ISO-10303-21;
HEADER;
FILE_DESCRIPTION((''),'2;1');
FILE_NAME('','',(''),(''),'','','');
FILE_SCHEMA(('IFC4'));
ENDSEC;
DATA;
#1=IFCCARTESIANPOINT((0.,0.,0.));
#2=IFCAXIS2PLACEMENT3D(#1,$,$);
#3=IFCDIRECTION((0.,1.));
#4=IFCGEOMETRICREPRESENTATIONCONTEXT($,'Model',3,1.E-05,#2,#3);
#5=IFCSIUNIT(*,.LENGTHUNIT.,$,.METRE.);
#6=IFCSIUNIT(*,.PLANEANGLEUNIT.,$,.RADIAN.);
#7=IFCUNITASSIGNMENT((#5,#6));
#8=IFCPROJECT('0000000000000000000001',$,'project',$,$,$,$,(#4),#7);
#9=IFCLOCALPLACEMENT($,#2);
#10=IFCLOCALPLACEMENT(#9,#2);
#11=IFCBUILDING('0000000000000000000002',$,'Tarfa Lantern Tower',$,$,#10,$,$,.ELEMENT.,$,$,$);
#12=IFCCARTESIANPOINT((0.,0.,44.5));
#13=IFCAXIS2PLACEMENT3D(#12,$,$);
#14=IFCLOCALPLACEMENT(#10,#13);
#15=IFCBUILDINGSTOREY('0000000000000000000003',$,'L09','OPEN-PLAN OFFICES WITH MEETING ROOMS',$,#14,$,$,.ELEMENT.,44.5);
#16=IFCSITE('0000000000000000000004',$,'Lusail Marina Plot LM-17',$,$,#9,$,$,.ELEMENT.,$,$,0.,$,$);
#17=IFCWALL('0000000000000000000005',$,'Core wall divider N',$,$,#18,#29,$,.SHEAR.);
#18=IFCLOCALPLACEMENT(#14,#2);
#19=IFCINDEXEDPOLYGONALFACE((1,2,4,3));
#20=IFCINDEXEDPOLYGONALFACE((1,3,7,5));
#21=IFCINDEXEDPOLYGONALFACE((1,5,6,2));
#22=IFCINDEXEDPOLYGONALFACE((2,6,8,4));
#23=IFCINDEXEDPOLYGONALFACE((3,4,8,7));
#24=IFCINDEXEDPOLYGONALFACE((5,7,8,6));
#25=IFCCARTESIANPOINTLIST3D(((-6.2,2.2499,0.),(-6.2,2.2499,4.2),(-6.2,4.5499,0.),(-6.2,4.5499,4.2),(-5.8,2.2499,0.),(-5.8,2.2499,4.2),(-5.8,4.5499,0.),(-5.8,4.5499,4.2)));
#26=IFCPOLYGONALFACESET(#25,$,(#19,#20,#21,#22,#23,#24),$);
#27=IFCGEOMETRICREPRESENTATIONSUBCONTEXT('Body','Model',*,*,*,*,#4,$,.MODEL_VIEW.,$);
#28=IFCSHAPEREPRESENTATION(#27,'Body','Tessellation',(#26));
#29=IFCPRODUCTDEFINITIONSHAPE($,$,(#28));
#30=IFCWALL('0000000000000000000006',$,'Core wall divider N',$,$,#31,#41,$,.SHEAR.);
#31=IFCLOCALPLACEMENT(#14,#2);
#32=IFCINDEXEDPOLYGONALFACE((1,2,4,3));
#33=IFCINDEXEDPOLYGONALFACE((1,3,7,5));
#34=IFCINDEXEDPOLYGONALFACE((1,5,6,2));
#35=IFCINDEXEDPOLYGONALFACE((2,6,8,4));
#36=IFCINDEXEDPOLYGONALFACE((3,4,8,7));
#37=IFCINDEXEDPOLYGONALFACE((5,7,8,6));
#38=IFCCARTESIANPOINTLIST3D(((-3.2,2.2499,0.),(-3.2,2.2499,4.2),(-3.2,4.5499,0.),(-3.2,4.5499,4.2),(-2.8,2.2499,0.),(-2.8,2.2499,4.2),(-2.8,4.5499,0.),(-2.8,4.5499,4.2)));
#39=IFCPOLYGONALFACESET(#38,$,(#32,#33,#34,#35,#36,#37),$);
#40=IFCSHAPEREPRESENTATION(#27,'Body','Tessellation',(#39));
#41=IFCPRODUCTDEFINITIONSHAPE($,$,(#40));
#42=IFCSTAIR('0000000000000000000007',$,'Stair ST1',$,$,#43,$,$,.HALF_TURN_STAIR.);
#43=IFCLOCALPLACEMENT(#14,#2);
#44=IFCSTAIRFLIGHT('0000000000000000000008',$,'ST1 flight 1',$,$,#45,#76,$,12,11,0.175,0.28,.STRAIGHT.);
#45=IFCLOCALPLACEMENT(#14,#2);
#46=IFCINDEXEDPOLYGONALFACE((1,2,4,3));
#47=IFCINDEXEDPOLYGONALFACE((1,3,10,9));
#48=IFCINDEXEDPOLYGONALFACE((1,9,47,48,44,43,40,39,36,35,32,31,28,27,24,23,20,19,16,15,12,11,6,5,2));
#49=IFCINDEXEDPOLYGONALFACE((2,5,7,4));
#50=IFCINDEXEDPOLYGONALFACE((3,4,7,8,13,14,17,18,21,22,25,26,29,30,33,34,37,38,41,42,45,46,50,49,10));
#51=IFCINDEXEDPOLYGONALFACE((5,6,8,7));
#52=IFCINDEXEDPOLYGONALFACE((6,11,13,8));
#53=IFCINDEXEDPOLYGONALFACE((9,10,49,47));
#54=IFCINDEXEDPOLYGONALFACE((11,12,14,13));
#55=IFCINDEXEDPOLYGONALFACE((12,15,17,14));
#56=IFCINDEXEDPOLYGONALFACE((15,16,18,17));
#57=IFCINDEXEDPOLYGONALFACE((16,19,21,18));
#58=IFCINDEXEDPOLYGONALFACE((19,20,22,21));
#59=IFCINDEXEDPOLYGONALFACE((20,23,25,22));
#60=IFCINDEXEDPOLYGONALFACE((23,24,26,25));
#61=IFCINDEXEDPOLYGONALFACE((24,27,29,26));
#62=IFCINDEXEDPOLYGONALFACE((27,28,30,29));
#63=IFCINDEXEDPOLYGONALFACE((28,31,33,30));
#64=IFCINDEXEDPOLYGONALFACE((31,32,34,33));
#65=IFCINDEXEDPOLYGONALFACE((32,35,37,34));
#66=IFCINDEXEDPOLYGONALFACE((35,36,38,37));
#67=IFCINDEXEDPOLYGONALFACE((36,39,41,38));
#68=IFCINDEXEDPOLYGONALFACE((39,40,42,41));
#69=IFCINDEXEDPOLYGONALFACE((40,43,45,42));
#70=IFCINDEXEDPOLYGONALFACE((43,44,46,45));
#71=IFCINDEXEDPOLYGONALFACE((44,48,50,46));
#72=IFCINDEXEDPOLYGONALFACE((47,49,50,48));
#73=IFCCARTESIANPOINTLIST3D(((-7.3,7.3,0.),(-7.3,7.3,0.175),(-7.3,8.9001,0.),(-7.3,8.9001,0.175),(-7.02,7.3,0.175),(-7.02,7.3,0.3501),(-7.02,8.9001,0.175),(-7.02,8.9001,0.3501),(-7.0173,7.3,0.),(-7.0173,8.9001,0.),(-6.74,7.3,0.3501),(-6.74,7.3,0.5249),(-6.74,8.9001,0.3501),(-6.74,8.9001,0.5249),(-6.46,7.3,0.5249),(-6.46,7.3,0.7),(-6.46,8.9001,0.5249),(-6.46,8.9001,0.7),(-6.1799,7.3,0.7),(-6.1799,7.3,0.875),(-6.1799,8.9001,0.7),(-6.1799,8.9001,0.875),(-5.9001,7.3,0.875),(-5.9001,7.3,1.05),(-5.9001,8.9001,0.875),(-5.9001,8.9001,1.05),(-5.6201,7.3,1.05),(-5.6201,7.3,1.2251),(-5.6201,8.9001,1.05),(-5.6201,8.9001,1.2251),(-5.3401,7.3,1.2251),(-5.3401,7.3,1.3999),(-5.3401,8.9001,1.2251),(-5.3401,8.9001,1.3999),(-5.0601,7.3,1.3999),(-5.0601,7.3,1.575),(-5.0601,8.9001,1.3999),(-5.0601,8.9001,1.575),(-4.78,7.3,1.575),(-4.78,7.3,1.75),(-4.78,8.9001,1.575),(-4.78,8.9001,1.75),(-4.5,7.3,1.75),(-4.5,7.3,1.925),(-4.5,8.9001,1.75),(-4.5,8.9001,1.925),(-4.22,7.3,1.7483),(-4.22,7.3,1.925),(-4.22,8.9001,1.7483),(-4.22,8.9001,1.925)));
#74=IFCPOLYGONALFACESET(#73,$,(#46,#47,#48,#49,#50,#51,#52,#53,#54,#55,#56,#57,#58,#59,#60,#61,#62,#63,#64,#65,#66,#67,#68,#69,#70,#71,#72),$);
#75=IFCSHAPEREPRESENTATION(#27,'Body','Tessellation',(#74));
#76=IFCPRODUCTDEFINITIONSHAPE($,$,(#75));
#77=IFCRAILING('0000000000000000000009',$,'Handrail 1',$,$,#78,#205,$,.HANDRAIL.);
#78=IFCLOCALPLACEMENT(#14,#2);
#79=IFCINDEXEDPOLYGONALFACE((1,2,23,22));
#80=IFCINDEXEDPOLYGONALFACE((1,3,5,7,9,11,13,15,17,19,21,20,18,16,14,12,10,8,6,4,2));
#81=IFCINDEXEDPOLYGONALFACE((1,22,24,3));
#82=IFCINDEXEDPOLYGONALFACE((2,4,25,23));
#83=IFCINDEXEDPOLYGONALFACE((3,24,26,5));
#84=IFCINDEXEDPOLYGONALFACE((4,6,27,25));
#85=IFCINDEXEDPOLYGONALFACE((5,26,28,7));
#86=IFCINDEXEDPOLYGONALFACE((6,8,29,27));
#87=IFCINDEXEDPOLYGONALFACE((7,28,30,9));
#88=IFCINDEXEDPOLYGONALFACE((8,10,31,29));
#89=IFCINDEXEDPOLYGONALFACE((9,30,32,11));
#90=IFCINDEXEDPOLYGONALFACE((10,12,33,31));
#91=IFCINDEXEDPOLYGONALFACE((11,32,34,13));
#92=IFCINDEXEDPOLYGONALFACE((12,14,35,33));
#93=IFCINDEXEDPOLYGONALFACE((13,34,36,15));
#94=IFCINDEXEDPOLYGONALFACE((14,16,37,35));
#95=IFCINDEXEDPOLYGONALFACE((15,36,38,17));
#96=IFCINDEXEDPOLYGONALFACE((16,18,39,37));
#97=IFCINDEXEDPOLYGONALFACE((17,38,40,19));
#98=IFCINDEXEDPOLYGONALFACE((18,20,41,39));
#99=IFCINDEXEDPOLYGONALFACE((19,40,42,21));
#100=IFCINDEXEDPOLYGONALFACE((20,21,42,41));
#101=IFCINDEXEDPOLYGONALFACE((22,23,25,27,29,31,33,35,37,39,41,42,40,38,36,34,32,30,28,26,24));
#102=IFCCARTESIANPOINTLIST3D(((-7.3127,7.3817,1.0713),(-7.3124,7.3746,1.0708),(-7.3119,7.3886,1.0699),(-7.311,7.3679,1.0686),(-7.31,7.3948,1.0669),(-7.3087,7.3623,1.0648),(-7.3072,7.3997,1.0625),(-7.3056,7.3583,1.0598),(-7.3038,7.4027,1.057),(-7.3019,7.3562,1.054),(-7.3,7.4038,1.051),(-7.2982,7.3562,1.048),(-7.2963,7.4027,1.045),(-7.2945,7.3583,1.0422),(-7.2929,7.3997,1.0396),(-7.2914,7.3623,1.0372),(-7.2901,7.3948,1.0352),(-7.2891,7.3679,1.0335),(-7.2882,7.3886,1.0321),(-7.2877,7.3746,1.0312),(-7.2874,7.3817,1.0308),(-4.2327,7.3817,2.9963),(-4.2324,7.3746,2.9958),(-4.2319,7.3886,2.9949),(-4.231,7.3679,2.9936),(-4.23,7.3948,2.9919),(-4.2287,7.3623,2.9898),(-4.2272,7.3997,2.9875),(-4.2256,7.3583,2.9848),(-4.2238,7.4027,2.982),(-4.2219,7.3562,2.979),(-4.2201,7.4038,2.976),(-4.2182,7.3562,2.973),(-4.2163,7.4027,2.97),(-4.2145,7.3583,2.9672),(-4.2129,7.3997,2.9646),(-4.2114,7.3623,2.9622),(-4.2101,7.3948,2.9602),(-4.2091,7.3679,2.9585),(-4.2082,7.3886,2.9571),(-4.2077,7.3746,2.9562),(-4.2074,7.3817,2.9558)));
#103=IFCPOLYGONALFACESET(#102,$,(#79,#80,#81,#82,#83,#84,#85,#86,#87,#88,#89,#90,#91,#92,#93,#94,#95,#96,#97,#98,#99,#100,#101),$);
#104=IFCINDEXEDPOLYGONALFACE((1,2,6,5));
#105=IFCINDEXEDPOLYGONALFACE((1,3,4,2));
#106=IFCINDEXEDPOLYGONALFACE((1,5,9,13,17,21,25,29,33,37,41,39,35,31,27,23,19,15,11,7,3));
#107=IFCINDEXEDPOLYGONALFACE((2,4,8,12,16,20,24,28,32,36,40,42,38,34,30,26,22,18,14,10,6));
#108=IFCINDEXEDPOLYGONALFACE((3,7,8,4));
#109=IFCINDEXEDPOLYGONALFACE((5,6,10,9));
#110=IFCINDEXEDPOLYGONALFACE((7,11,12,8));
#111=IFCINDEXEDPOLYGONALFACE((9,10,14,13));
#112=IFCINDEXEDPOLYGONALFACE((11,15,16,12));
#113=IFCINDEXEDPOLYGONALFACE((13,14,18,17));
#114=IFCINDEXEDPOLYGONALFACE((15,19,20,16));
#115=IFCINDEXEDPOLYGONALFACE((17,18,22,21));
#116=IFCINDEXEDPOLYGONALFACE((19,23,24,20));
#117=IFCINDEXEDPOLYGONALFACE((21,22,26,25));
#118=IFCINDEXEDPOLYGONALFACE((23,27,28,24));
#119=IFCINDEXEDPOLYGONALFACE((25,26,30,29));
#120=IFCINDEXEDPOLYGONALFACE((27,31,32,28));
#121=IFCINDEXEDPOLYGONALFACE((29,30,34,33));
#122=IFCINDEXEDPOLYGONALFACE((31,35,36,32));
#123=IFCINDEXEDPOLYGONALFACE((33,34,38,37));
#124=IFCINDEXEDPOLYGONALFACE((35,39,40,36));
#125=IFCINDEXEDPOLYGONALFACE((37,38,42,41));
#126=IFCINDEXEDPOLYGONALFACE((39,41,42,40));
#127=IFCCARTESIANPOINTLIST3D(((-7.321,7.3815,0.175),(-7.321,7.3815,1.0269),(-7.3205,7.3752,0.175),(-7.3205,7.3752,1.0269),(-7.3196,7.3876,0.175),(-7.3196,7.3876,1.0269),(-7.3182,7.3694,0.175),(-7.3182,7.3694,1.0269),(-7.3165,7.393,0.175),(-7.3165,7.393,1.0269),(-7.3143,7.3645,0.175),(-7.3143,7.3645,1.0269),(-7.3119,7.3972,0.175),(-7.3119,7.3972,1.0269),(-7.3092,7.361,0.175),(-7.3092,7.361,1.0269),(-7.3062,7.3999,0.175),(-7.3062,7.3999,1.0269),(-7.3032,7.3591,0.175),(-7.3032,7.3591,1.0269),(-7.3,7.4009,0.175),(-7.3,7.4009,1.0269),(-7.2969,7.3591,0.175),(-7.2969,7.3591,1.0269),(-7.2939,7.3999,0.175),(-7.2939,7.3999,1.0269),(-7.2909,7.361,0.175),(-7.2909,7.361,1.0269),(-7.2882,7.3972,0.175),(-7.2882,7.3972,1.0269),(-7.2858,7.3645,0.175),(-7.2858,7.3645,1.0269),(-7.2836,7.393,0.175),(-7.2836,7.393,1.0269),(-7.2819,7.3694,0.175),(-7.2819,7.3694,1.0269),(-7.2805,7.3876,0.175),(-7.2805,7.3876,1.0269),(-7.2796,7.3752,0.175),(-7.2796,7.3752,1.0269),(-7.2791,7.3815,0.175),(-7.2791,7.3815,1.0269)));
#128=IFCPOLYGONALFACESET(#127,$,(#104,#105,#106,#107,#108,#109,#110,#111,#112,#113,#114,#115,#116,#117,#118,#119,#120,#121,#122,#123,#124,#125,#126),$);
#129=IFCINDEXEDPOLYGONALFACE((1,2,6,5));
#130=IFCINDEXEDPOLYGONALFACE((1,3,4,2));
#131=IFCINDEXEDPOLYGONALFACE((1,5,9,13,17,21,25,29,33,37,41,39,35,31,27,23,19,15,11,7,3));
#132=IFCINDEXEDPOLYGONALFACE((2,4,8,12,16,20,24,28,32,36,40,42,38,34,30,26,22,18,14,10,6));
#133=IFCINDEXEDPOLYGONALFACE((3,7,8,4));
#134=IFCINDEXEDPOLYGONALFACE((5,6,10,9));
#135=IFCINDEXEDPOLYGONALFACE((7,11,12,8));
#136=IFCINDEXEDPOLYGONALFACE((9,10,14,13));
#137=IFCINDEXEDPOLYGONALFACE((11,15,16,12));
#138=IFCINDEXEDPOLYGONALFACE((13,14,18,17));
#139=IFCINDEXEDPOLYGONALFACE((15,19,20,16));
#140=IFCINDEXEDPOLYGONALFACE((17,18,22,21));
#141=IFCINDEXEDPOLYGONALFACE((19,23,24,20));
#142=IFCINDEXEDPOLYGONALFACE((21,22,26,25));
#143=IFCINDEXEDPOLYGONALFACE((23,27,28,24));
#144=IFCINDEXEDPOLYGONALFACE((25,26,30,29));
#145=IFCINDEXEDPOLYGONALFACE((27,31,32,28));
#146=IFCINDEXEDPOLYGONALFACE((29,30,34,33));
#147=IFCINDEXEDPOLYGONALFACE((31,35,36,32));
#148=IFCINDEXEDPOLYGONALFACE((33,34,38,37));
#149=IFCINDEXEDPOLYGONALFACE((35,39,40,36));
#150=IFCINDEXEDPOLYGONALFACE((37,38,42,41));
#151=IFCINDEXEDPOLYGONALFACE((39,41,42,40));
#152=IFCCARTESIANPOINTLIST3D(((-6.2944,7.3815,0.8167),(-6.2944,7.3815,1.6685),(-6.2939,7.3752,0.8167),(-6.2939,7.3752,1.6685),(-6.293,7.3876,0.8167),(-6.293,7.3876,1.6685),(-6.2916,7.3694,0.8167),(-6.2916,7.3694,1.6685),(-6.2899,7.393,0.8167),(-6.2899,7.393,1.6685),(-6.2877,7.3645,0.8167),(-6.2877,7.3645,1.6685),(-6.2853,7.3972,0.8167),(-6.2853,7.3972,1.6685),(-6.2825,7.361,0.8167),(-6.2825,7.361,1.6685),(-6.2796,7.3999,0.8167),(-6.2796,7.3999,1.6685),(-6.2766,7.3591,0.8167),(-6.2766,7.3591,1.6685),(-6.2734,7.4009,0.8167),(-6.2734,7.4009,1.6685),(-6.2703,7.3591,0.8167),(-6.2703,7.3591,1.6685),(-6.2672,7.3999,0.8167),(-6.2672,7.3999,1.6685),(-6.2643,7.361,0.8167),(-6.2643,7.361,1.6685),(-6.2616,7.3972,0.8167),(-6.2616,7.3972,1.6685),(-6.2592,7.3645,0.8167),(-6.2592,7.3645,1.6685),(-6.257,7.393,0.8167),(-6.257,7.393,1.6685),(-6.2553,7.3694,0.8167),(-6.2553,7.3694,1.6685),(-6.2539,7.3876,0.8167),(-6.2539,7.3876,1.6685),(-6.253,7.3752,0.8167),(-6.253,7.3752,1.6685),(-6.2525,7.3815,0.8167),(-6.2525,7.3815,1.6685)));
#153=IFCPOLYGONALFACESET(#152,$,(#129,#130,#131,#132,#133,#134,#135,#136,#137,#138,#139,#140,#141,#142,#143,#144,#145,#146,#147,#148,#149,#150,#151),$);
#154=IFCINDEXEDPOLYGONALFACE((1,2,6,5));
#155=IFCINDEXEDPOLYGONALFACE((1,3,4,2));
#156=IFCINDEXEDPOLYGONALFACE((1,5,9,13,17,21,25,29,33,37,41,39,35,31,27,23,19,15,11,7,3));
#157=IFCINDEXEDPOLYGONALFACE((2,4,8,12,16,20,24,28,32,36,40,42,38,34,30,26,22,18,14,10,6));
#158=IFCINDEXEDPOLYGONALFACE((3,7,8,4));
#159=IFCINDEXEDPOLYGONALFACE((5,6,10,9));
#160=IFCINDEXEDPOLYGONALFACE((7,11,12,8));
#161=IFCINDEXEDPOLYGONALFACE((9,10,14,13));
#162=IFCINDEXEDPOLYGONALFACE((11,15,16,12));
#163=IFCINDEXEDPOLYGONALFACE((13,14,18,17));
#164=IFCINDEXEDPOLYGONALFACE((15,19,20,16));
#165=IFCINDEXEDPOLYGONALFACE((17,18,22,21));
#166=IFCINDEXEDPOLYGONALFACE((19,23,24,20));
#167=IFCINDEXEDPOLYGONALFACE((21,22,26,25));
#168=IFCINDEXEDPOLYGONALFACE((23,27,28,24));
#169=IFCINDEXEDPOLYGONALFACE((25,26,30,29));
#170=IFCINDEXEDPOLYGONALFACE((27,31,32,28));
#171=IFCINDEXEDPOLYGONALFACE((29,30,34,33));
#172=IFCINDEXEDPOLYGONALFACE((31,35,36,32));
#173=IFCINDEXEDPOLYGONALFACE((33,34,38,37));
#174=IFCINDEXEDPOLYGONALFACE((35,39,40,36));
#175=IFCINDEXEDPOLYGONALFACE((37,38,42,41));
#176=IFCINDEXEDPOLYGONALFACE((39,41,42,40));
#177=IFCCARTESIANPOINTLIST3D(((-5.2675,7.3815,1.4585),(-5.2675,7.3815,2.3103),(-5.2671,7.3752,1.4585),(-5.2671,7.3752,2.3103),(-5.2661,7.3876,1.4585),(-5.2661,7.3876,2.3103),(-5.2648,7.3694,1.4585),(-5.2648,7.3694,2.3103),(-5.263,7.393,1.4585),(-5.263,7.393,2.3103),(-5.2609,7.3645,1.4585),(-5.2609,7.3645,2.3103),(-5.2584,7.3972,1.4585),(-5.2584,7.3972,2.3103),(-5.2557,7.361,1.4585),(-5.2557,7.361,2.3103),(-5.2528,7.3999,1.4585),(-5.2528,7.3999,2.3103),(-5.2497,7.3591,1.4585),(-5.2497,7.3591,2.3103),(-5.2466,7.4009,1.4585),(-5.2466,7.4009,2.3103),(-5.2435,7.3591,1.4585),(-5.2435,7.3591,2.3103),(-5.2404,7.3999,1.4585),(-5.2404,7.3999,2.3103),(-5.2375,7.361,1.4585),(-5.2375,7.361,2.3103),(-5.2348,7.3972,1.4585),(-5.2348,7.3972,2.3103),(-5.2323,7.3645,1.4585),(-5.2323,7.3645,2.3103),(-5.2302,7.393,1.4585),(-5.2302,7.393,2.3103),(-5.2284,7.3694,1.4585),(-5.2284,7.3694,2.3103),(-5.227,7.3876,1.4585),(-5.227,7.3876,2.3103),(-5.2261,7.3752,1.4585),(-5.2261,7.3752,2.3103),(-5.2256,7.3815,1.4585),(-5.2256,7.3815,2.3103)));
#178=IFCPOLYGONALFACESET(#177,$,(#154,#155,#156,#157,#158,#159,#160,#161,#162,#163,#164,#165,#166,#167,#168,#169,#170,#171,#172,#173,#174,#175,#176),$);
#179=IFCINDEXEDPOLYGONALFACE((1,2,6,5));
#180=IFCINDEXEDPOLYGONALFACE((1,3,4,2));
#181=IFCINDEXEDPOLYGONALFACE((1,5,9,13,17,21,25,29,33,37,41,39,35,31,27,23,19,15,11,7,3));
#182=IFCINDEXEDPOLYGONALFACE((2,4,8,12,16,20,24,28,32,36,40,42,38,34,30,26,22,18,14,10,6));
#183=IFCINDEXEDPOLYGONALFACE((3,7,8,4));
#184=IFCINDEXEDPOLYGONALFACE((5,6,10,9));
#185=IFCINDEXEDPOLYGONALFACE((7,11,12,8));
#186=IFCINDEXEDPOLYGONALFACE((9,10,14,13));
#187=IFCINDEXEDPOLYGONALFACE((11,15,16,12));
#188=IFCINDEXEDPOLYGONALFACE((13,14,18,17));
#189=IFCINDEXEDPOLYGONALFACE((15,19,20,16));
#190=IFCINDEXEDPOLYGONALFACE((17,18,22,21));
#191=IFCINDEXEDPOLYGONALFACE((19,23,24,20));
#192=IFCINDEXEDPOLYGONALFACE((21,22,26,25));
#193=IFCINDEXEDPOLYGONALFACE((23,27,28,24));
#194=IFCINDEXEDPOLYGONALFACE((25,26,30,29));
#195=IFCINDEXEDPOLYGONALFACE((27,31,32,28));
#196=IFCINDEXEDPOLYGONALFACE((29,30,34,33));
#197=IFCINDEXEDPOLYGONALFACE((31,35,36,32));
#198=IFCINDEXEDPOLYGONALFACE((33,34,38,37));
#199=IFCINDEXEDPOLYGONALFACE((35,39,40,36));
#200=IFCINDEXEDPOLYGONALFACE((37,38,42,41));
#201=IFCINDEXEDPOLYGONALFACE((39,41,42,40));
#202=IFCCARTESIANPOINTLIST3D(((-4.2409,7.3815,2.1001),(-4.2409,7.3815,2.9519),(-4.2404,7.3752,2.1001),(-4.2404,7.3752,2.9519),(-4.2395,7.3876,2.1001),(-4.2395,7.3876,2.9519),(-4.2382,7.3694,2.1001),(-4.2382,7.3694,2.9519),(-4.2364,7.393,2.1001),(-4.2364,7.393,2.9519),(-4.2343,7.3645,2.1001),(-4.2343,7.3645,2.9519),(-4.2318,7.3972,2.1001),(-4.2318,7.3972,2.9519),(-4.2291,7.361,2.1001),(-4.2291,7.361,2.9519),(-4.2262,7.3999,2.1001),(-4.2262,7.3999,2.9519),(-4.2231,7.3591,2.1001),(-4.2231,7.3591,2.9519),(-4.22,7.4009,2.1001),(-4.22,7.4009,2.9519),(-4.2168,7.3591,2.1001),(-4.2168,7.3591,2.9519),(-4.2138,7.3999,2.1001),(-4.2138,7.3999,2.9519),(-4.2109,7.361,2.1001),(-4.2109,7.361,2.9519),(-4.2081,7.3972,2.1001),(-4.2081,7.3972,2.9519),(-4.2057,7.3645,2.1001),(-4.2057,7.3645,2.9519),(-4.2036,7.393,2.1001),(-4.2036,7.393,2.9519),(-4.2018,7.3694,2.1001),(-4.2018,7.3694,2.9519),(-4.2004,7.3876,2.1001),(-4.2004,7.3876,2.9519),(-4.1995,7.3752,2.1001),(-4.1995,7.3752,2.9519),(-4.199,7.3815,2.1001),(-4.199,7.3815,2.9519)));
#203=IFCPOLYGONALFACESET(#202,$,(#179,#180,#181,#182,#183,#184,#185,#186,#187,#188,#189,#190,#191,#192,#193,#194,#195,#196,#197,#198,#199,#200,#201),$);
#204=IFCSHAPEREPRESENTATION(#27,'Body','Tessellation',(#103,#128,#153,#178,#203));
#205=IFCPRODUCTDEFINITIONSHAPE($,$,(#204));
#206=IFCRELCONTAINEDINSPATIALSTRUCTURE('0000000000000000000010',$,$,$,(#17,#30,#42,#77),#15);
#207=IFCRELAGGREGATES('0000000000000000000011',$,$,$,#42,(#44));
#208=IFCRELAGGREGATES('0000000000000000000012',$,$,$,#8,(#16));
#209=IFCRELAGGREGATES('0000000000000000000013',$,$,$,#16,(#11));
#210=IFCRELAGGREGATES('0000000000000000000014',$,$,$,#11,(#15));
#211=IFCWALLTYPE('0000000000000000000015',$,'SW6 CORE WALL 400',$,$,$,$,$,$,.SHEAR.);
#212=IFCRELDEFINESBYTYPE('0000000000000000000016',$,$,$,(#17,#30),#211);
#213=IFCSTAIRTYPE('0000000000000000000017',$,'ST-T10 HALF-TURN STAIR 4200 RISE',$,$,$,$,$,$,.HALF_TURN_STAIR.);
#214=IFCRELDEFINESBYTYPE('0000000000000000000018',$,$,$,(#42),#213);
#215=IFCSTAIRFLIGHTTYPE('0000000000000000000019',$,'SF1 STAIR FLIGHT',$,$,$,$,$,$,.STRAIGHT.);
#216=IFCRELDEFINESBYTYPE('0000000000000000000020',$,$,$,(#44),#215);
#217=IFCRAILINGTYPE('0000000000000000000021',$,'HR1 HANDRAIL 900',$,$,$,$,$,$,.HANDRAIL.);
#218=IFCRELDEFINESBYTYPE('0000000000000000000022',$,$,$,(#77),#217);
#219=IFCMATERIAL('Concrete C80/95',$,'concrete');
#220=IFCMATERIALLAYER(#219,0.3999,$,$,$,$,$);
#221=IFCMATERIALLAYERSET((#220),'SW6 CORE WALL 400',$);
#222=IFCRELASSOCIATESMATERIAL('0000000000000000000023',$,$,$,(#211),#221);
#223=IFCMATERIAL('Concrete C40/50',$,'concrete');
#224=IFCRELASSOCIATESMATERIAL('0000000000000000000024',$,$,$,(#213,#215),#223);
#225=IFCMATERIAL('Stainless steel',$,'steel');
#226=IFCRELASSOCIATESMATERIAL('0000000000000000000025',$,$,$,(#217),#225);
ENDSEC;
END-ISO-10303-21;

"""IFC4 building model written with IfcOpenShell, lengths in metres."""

from ifc_helpers import new_model, si_unit, direction, frame, frame_2d, origin, origin_2d, place, context, subcontext, project, spatial, polyline, rectangle, circle, outline, extrude, material, layer, layer_set, type_object, element, aggregate, save


model = new_model("IFC4")

# Units and contexts
model_context = context("Model", 3, precision=1e-05, world=origin(), true_north=direction((0.0, 1.0)))
body_context = subcontext(model_context, "Body", "Model", "MODEL_VIEW")
ifc_project = project(units=[si_unit("LENGTHUNIT", "METRE"), si_unit("PLANEANGLEUNIT", "RADIAN")], contexts=[model_context])

# Site, building, storey
site_placement = place(None, origin())
site = spatial("IfcSite", under=ifc_project, at=site_placement, Name="Lusail Marina Plot LM-17", CompositionType="ELEMENT", RefElevation=0.0)
building_placement = place(site_placement, origin())
building = spatial("IfcBuilding", under=site, at=building_placement, Name="Tarfa Lantern Tower", CompositionType="ELEMENT")
storey_placement = place(building_placement, frame((0.0, 0.0, 44.5)))
storey = spatial("IfcBuildingStorey", under=building, at=storey_placement, Name="L09", Description="OPEN-PLAN OFFICES WITH MEETING ROOMS", CompositionType="ELEMENT", Elevation=44.5)

# Shared definitions
ifc_material_1 = material(Name="Concrete C80/95", Category="concrete")

# Walls
ifc_layer_1 = layer(ifc_material_1, 0.3999)
ifc_layer_set_1 = layer_set([ifc_layer_1], Name="SW6 CORE WALL 400")
wall_type_1 = type_object("IfcWallType", Name="SW6 CORE WALL 400", PredefinedType="SHEAR", material=ifc_layer_set_1)
for number, where, z_axis, x_axis, name in (
    (1, (-6.0, 2.25, 0.0), (0.0, 0.0, 1.0), (0.0, 1.0, 0.0), "Core wall divider N"),
    (2, (-3.0, 2.25, 0.0), (0.0, 0.0, 1.0), (0.0, 1.0, 0.0), "Core wall divider N"),
):
    element("IfcWall", number, at=place(storey_placement, frame(where, z_axis=z_axis, x_axis=x_axis)), inside=storey, type_object=wall_type_1, Name=name, PredefinedType="SHEAR", context=body_context, shape_type="SweptSolid", body=[
        extrude(rectangle(XDim=2.3, YDim=0.3999, at=frame_2d((1.1499, 0.0))), origin(), (0.0, 0.0, 1.0), 4.2),
    ])

# Stair, stair flight
ifc_material_2 = material(Name="Concrete C40/50", Category="concrete")
stair_type = type_object("IfcStairType", Name="ST-T10 HALF-TURN STAIR 4200 RISE", PredefinedType="HALF_TURN_STAIR", material=ifc_material_2)
stair_placement = place(storey_placement, origin())
stair = element("IfcStair", 3, at=stair_placement, inside=storey, type_object=stair_type, Name="Stair ST1", PredefinedType="HALF_TURN_STAIR")
stair_flight_type = type_object("IfcStairFlightType", Name="SF1 STAIR FLIGHT", PredefinedType="STRAIGHT", material=ifc_material_2)
stair_flight_placement = place(storey_placement, frame((-7.3, 8.1001, 0.0), z_axis=(0.0, 0.0, 1.0), x_axis=(1.0, 0.0, 0.0)))
stair_flight = element("IfcStairFlight", 4, at=stair_flight_placement, type_object=stair_flight_type, Name="ST1 flight 1", NumberOfRisers=12, NumberOfTreads=11, PredefinedType="STRAIGHT", RiserHeight=0.175, TreadLength=0.28, context=body_context, shape_type="SweptSolid", body=[
    extrude(outline(polyline([(0.0, 0.0), (0.0, 0.175), (0.28, 0.175), (0.28, 0.3501), (0.5601, 0.3501), (0.5601, 0.5249), (0.8401, 0.5249), (0.8401, 0.7), (1.1201, 0.7), (1.1201, 0.875), (1.3999, 0.875), (1.3999, 1.05), (1.6799, 1.05), (1.6799, 1.2251), (1.96, 1.2251), (1.96, 1.3999), (2.24, 1.3999), (2.24, 1.575), (2.52, 1.575), (2.52, 1.75), (2.8, 1.75), (2.8, 1.925), (3.0801, 1.925), (3.0801, 2.1001), (3.0801, 1.7483), (0.2827, 0.0), (0.0, 0.0)])), frame((0.0, 0.8, 0.0), z_axis=(0.0, -1.0, 0.0), x_axis=(1.0, 0.0, 0.0)), (0.0, 0.0, 1.0), 1.6001),
])
aggregate(stair, [stair_flight])

# Railing
ifc_material_3 = material(Name="Stainless steel", Category="steel")
railing_type = type_object("IfcRailingType", Name="HR1 HANDRAIL 900", PredefinedType="HANDRAIL", material=ifc_material_3)
railing_placement = place(storey_placement, frame((-7.3, 7.3799, 0.175)))
element("IfcRailing", 5, at=railing_placement, inside=storey, type_object=railing_type, Name="Handrail 1", PredefinedType="HANDRAIL", context=body_context, shape_type="SweptSolid", body=[
    extrude(circle(Radius=0.0239, at=origin_2d()), frame((0.0, 0.0, 0.876), z_axis=(0.847998, 0.0, 0.529999), x_axis=(0.0, 1.0, 0.0)), (0.0, 0.0, 1.0), 3.6321),
    extrude(circle(Radius=0.021, at=origin_2d()), frame((0.0, 0.0, 0.0), z_axis=(0.0, 0.0, 1.0), x_axis=(0.0, 1.0, 0.0)), (0.0, 0.0, 1.0), 0.8518),
    extrude(circle(Radius=0.021, at=origin_2d()), frame((1.0266, 0.0, 0.6416), z_axis=(0.0, 0.0, 1.0), x_axis=(0.0, 1.0, 0.0)), (0.0, 0.0, 1.0), 0.8518),
    extrude(circle(Radius=0.021, at=origin_2d()), frame((2.0535, 0.0, 1.2834), z_axis=(0.0, 0.0, 1.0), x_axis=(0.0, 1.0, 0.0)), (0.0, 0.0, 1.0), 0.8518),
    extrude(circle(Radius=0.021, at=origin_2d()), frame((3.0801, 0.0, 1.925), z_axis=(0.0, 0.0, 1.0), x_axis=(0.0, 1.0, 0.0)), (0.0, 0.0, 1.0), 0.8518),
])

save(model, "model.ifc")
